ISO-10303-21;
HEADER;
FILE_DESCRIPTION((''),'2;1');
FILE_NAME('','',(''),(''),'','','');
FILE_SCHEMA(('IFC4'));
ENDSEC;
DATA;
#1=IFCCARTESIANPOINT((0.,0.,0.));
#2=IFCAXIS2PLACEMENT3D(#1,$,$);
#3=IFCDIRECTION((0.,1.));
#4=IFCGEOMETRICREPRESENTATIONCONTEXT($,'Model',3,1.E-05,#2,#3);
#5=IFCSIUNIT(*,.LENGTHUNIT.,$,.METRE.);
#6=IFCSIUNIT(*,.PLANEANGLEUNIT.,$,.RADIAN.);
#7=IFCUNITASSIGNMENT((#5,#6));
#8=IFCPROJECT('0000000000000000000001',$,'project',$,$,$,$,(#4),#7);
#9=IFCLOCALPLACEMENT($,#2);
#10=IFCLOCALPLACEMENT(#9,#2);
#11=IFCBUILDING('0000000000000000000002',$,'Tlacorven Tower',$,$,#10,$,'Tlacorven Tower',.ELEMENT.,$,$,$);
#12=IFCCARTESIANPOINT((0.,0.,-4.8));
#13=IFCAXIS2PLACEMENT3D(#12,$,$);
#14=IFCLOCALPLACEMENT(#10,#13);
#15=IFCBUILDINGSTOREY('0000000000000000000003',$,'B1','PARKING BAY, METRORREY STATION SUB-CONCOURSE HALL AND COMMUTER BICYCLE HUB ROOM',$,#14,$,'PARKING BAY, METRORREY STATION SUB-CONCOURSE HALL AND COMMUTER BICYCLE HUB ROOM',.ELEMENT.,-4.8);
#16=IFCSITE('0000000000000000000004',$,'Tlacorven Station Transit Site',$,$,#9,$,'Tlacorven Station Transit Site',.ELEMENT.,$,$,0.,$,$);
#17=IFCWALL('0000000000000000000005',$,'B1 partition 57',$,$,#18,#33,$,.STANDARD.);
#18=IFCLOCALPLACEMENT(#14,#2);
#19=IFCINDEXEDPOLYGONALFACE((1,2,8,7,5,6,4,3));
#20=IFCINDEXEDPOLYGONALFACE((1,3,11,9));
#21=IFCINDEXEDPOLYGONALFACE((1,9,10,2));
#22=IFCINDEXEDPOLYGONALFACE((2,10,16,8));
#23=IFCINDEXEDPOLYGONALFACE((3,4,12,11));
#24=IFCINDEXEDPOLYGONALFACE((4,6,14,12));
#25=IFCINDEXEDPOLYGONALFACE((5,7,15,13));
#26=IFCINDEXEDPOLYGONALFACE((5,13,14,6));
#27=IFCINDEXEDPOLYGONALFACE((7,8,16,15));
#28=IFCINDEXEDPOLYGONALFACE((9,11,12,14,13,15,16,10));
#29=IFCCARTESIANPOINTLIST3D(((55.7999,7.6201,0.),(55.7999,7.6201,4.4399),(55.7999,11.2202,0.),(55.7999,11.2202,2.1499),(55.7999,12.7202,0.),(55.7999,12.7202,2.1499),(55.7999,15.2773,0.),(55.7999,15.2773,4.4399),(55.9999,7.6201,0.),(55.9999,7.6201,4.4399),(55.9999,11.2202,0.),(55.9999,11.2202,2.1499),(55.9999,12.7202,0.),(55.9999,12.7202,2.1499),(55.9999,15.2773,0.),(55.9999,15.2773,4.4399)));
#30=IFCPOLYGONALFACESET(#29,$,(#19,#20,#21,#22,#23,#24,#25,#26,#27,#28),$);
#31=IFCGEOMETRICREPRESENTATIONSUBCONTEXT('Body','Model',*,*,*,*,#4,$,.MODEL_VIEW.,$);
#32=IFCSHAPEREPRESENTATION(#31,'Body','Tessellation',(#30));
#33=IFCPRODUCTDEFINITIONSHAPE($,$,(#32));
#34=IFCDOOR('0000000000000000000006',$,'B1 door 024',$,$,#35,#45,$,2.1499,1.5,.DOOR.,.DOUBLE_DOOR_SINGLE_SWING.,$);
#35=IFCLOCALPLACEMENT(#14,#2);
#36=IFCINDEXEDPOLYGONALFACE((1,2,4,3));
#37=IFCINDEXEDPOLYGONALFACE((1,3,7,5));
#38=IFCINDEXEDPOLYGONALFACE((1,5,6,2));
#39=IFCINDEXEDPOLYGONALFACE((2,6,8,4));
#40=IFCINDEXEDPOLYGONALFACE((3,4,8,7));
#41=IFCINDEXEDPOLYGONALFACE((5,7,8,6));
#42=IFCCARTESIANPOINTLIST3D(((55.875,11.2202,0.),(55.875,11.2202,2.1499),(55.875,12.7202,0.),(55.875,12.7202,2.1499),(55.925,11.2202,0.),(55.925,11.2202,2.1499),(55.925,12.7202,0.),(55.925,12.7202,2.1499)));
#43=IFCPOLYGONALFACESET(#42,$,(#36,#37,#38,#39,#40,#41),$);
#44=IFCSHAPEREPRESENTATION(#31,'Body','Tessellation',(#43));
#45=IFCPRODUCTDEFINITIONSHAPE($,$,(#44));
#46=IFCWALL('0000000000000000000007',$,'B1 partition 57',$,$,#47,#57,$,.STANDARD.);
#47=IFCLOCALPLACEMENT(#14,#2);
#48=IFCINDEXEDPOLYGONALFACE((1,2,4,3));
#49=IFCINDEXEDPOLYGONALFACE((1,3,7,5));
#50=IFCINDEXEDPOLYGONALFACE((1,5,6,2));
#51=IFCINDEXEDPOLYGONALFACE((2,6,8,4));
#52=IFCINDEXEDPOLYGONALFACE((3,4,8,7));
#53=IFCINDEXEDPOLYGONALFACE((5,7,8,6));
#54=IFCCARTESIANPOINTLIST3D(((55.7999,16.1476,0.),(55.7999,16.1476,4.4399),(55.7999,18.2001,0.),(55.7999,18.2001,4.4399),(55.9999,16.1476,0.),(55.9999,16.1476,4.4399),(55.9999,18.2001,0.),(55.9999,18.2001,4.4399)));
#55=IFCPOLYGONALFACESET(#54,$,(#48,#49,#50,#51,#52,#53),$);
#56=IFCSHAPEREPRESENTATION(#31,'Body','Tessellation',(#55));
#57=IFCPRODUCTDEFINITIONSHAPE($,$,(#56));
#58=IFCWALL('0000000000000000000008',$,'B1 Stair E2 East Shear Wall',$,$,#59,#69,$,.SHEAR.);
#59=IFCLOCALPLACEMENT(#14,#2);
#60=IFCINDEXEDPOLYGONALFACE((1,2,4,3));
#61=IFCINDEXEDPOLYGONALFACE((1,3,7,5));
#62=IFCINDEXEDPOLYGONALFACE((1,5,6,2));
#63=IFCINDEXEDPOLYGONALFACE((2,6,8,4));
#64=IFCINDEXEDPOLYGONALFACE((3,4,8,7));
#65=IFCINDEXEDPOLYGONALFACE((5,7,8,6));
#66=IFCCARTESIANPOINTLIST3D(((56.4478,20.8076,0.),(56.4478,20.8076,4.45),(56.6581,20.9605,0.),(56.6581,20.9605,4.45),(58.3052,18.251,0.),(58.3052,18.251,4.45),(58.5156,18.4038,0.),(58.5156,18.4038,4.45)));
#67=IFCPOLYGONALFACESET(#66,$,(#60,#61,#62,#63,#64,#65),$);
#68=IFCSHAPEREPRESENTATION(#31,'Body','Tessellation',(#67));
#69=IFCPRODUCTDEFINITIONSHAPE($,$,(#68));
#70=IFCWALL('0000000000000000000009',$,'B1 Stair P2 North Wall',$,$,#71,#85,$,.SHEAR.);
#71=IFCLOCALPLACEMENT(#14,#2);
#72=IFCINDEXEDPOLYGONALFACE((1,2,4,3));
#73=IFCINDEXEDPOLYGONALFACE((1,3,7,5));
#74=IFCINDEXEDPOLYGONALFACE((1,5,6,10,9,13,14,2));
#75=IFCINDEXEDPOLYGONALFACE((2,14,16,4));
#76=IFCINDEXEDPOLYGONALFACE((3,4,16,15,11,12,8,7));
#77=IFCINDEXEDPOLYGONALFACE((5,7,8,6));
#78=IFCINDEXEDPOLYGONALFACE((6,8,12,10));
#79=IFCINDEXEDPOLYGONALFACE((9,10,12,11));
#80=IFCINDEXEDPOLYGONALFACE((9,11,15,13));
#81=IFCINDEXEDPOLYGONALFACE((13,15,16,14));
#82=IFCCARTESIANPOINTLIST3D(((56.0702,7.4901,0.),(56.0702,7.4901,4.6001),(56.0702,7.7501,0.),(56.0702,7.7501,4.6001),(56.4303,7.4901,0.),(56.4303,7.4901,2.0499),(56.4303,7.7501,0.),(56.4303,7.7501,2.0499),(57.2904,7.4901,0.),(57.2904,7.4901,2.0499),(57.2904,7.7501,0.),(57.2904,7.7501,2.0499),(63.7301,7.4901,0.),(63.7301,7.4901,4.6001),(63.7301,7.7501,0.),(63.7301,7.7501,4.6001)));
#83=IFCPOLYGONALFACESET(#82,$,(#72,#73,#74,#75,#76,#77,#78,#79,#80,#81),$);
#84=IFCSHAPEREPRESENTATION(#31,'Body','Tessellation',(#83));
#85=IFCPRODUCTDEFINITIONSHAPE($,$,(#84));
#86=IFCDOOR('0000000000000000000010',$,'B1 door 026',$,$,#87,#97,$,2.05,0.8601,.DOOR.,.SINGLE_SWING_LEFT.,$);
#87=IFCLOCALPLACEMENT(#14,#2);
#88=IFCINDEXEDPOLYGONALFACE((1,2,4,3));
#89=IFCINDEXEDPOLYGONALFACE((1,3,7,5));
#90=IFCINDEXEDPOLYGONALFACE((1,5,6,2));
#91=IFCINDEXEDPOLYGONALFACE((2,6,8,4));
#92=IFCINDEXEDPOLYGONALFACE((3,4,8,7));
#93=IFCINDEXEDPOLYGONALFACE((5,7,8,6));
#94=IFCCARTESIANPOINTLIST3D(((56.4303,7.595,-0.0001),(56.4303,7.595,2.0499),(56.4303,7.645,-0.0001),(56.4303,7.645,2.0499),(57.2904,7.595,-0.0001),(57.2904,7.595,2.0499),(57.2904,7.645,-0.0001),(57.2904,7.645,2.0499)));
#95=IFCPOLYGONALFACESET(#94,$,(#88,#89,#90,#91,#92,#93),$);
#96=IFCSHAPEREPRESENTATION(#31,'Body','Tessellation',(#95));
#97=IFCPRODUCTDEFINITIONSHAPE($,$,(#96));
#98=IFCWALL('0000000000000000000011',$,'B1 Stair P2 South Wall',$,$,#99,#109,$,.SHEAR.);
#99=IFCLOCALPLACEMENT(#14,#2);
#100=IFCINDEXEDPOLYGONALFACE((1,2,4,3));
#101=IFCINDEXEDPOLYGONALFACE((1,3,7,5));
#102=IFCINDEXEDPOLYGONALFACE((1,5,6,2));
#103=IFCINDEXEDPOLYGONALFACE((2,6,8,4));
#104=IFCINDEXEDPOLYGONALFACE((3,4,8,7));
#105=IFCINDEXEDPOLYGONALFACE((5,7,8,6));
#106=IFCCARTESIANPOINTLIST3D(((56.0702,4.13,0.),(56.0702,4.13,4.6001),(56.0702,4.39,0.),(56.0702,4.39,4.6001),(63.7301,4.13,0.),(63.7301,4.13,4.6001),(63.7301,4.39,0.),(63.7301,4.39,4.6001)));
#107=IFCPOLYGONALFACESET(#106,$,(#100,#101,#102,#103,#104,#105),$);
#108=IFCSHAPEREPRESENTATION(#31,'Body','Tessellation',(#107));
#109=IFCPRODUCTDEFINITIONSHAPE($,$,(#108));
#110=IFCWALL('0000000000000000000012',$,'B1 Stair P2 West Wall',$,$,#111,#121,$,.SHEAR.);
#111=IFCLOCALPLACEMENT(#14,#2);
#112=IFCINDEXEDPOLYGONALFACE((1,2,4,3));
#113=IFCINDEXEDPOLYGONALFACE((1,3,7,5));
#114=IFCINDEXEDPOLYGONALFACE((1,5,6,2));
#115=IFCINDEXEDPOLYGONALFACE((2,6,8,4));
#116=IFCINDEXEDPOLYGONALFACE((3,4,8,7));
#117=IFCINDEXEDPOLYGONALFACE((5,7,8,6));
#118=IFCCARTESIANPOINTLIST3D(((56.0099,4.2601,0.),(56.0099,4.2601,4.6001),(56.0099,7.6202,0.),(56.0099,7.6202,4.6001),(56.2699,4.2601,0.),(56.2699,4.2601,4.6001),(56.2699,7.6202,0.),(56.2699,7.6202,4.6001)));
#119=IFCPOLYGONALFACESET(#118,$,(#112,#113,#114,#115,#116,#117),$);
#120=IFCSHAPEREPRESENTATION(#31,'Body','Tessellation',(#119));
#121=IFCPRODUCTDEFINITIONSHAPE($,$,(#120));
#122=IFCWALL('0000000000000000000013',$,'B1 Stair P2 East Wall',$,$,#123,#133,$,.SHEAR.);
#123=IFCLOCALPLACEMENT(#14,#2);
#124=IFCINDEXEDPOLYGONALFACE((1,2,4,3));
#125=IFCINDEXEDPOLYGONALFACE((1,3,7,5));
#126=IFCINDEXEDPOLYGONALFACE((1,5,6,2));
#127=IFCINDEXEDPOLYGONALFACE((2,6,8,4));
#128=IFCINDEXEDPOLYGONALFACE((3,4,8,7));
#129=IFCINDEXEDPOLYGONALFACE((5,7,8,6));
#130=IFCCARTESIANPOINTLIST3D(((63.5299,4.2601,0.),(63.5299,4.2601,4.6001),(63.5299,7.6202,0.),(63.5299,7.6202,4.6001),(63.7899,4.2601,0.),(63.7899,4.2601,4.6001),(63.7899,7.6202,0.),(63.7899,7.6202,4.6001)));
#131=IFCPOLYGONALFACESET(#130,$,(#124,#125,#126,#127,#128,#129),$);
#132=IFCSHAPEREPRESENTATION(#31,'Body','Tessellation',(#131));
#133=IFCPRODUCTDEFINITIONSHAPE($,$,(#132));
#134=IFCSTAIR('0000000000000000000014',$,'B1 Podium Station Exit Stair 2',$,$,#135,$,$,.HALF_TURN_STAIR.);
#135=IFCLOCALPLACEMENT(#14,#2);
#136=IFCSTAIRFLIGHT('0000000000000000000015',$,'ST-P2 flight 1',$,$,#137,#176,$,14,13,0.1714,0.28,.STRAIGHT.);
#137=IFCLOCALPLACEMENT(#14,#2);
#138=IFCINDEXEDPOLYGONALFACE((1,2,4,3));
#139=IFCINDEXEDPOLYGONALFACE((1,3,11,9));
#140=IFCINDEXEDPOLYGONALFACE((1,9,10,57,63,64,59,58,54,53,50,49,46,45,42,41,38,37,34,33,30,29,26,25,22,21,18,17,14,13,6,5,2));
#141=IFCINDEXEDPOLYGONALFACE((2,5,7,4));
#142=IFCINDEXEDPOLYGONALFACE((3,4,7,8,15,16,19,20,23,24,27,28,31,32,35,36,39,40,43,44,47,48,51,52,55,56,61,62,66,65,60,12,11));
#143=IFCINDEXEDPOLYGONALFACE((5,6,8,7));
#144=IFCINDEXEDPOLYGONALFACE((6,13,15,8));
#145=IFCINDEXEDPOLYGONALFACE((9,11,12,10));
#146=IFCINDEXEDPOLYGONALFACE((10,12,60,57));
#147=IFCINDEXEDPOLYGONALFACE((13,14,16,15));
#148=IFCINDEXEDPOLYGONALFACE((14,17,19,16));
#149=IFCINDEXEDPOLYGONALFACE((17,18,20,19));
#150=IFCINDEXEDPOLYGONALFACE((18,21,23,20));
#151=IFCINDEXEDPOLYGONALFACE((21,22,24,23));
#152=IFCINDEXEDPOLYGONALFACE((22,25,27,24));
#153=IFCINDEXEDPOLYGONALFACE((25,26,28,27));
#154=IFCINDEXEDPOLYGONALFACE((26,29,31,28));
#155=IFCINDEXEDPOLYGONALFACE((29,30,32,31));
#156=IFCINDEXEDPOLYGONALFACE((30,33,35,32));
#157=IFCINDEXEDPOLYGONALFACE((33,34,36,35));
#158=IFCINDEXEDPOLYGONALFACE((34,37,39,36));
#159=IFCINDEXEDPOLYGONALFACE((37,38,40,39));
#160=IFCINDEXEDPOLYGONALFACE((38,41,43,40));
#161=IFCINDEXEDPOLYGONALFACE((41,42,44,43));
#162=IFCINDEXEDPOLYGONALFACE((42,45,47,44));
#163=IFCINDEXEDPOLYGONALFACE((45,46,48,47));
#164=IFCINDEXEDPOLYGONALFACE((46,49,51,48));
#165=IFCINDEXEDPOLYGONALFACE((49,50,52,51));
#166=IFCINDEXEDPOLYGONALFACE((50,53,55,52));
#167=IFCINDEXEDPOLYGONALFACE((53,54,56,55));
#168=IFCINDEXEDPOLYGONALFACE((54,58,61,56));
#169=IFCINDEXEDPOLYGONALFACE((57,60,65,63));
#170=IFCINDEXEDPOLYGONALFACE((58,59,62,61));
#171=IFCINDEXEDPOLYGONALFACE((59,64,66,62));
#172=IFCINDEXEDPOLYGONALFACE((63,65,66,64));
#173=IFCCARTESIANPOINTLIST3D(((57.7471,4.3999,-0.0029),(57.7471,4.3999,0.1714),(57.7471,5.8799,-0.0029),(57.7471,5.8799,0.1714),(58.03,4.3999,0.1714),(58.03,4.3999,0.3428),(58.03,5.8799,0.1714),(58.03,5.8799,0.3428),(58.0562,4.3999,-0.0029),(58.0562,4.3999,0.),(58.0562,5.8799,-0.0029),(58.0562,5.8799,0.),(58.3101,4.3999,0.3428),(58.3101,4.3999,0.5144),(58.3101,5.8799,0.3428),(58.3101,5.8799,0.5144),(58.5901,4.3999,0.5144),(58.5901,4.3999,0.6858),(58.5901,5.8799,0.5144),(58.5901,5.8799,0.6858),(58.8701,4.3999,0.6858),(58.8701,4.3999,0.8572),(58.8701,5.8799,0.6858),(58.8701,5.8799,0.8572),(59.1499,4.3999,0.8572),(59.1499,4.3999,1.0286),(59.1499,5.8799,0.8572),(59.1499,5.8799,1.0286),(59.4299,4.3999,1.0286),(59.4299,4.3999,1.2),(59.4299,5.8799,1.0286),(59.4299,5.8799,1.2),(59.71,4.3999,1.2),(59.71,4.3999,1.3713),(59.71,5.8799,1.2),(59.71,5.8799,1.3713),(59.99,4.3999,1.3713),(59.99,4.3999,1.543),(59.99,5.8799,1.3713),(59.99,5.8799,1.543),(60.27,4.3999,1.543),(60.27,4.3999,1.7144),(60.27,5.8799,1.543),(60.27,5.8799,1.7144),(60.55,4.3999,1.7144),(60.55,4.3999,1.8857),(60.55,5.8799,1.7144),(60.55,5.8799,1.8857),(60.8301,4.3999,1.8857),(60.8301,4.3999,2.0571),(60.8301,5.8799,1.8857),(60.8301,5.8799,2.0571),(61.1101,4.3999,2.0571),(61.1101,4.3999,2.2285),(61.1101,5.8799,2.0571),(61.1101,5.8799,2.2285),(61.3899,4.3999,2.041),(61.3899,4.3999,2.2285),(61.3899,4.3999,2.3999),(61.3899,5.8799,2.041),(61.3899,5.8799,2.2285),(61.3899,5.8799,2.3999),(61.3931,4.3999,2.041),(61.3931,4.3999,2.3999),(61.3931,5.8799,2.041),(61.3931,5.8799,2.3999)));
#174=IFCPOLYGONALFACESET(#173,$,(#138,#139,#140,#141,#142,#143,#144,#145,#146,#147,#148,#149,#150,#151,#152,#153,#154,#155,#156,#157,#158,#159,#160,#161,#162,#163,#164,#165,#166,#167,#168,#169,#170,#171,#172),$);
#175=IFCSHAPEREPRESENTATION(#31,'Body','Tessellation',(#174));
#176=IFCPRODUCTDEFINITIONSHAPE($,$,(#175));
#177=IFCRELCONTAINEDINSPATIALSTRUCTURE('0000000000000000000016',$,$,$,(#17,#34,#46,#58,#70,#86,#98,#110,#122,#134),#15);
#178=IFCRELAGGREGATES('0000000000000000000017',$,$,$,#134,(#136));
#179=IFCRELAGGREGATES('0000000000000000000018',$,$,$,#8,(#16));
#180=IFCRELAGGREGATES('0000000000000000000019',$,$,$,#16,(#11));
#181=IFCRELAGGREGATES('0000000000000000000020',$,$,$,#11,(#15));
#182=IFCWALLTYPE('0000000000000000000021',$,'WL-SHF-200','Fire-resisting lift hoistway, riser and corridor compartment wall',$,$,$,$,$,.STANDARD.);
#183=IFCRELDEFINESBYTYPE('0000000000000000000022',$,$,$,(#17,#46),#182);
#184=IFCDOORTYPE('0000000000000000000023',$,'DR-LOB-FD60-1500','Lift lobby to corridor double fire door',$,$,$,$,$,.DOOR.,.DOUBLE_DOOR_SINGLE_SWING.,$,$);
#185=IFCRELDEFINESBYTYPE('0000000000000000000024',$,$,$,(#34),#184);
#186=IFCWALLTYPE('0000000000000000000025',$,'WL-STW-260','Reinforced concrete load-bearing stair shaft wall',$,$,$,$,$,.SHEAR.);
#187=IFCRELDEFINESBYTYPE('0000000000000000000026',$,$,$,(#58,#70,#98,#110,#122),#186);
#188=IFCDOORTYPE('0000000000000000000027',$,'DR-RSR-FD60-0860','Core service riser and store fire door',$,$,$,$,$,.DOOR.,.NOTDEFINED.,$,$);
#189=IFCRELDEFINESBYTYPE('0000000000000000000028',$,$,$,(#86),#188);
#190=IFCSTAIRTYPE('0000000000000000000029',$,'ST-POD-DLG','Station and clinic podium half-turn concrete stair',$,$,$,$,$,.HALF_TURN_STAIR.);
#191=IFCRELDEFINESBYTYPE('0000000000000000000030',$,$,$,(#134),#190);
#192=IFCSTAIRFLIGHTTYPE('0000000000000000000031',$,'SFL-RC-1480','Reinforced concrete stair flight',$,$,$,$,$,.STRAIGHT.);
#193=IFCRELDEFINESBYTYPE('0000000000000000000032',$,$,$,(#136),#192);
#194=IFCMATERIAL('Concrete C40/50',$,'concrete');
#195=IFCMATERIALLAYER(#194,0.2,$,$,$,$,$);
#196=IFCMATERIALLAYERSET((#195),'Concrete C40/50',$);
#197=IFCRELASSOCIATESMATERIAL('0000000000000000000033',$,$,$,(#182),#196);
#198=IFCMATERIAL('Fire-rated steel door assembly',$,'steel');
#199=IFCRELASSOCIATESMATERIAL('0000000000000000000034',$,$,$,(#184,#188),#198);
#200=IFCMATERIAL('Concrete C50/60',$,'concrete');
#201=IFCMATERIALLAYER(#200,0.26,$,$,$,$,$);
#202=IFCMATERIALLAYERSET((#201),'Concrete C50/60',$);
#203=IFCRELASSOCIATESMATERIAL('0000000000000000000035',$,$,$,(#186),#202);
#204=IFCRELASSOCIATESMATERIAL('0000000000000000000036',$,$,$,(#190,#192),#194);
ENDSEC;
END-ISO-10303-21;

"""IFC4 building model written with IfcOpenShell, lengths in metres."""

from ifc_helpers import new_model, si_unit, direction, frame, frame_2d, origin, place, context, subcontext, project, spatial, polyline, rectangle, outline, extrude, source, transform, mapped, material, layer, layer_set, type_object, element, fill, aggregate, save


model = new_model("IFC4")

# Units and contexts
model_context = context("Model", 3, precision=1e-05, world=origin(), true_north=direction((0.0, 1.0)))
body_context = subcontext(model_context, "Body", "Model", "MODEL_VIEW")
ifc_project = project(units=[si_unit("LENGTHUNIT", "METRE"), si_unit("PLANEANGLEUNIT", "RADIAN")], contexts=[model_context])

# Site, building, storey
site_placement = place(None, origin())
site = spatial("IfcSite", under=ifc_project, at=site_placement, Name="Tlacorven Station Transit Site", LongName="Tlacorven Station Transit Site", CompositionType="ELEMENT", RefElevation=0.0)
building_placement = place(site_placement, origin())
building = spatial("IfcBuilding", under=site, at=building_placement, Name="Tlacorven Tower", LongName="Tlacorven Tower", CompositionType="ELEMENT")
storey_placement = place(building_placement, frame((0.0, 0.0, -4.8)))
storey = spatial("IfcBuildingStorey", under=building, at=storey_placement, Name="B1", Description="PARKING BAY, METRORREY STATION SUB-CONCOURSE HALL AND COMMUTER BICYCLE HUB ROOM", LongName="PARKING BAY, METRORREY STATION SUB-CONCOURSE HALL AND COMMUTER BICYCLE HUB ROOM", CompositionType="ELEMENT", Elevation=-4.8)

# Shared definitions
ifc_material_1 = material(Name="Concrete C50/60", Category="concrete")
ifc_material_2 = material(Name="Concrete C40/50", Category="concrete")
ifc_layer_1 = layer(ifc_material_2, 0.2)
ifc_layer_set_1 = layer_set([ifc_layer_1], Name="Concrete C40/50")
wall_type_1 = type_object("IfcWallType", Name="WL-SHF-200", Description="Fire-resisting lift hoistway, riser and corridor compartment wall", PredefinedType="STANDARD", material=ifc_layer_set_1)

# Wall, opening, door
wall_1_placement = place(storey_placement, frame((55.8999, 7.6201, 0.0), z_axis=(0.0, 0.0, 1.0), x_axis=(0.0, 1.0, 0.0)))
wall_1 = element("IfcWall", 1, at=wall_1_placement, inside=storey, type_object=wall_type_1, Name="B1 partition 57", PredefinedType="STANDARD", context=body_context, shape_type="SweptSolid", body=[
    extrude(rectangle(XDim=7.6572, YDim=0.2, at=frame_2d((3.8286, 0.0))), origin(), (0.0, 0.0, 1.0), 4.4399),
])
opening_1_placement = place(wall_1_placement, frame((3.6001, 0.0, 0.0)))
opening_1 = element("IfcOpeningElement", 2, at=opening_1_placement, cuts=wall_1, PredefinedType="OPENING", context=body_context, shape_type="SweptSolid", body=[
    extrude(rectangle(XDim=1.5, YDim=2.1499, at=frame_2d((0.75, 1.075))), frame((0.0, 0.1099, 0.0), z_axis=(0.0, -1.0, 0.0), x_axis=(1.0, 0.0, 0.0)), (0.0, 0.0, 1.0), 0.22),
])
ifc_material_3 = material(Name="Fire-rated steel door assembly", Category="steel")
door_type_1 = type_object("IfcDoorType", Name="DR-LOB-FD60-1500", Description="Lift lobby to corridor double fire door", OperationType="DOUBLE_DOOR_SINGLE_SWING", PredefinedType="DOOR", material=ifc_material_3)
shared_shape_1 = source(origin(), body_context, "Body", "SweptSolid", [
    extrude(rectangle(XDim=1.5, YDim=2.1499, at=frame_2d((0.75, 1.075))), frame((0.0, 0.0249, 0.0), z_axis=(0.0, -1.0, 0.0), x_axis=(1.0, 0.0, 0.0)), (0.0, 0.0, 1.0), 0.05),
])
door_1_placement = place(opening_1_placement, origin())
door_1 = element("IfcDoor", 3, at=door_1_placement, inside=storey, type_object=door_type_1, Name="B1 door 024", OperationType="DOUBLE_DOOR_SINGLE_SWING", OverallHeight=2.1499, OverallWidth=1.5, PredefinedType="DOOR", context=body_context, shape_type="MappedRepresentation", body=[
    mapped(shared_shape_1, transform((0.0, 0.0, 0.0), scale=1.0)),
])
fill(opening_1, door_1)

# Walls
wall_2_placement = place(storey_placement, frame((55.8999, 16.1475, 0.0), z_axis=(0.0, 0.0, 1.0), x_axis=(0.0, 1.0, 0.0)))
element("IfcWall", 4, at=wall_2_placement, inside=storey, type_object=wall_type_1, Name="B1 partition 57", PredefinedType="STANDARD", context=body_context, shape_type="SweptSolid", body=[
    extrude(rectangle(XDim=2.0525, YDim=0.2, at=frame_2d((1.0264, 0.0))), origin(), (0.0, 0.0, 1.0), 4.4399),
])
ifc_layer_2 = layer(ifc_material_1, 0.26)
ifc_layer_set_2 = layer_set([ifc_layer_2], Name="Concrete C50/60")
wall_type_2 = type_object("IfcWallType", Name="WL-STW-260", Description="Reinforced concrete load-bearing stair shaft wall", PredefinedType="SHEAR", material=ifc_layer_set_2)
wall_3_placement = place(storey_placement, frame((58.4104, 18.3274, 0.0), z_axis=(0.0, 0.0, 1.0), x_axis=(-0.587767, 0.80903, 0.0)))
element("IfcWall", 5, at=wall_3_placement, inside=storey, type_object=wall_type_2, Name="B1 Stair E2 East Shear Wall", PredefinedType="SHEAR", context=body_context, shape_type="SweptSolid", body=[
    extrude(rectangle(XDim=3.1602, YDim=0.26, at=frame_2d((1.5801, 0.0))), origin(), (0.0, 0.0, 1.0), 4.45),
])

# Wall, opening, door
wall_4_placement = place(storey_placement, frame((56.0701, 7.6201, 0.0), z_axis=(0.0, 0.0, 1.0), x_axis=(1.0, 0.0, 0.0)))
wall_4 = element("IfcWall", 6, at=wall_4_placement, inside=storey, type_object=wall_type_2, Name="B1 Stair P2 North Wall", PredefinedType="SHEAR", context=body_context, shape_type="SweptSolid", body=[
    extrude(rectangle(XDim=7.6599, YDim=0.26, at=frame_2d((3.8301, 0.0))), origin(), (0.0, 0.0, 1.0), 4.6001),
])
opening_2_placement = place(wall_4_placement, frame((0.3601, 0.0, 0.0)))
opening_2 = element("IfcOpeningElement", 7, at=opening_2_placement, cuts=wall_4, PredefinedType="OPENING", context=body_context, shape_type="SweptSolid", body=[
    extrude(rectangle(XDim=0.8601, YDim=2.05, at=frame_2d((0.4302, 1.0249))), frame((0.0, 0.1401, 0.0), z_axis=(0.0, -1.0, 0.0), x_axis=(1.0, 0.0, 0.0)), (0.0, 0.0, 1.0), 0.28),
])
door_type_2 = type_object("IfcDoorType", Name="DR-RSR-FD60-0860", Description="Core service riser and store fire door", OperationType="NOTDEFINED", PredefinedType="DOOR", material=ifc_material_3)
shared_shape_2 = source(origin(), body_context, "Body", "SweptSolid", [
    extrude(rectangle(XDim=0.8601, YDim=2.05, at=frame_2d((0.4302, 1.0249))), frame((0.0, 0.0249, 0.0), z_axis=(0.0, -1.0, 0.0), x_axis=(1.0, 0.0, 0.0)), (0.0, 0.0, 1.0), 0.05),
])
door_2_placement = place(opening_2_placement, origin())
door_2 = element("IfcDoor", 8, at=door_2_placement, inside=storey, type_object=door_type_2, Name="B1 door 026", OperationType="SINGLE_SWING_LEFT", OverallHeight=2.05, OverallWidth=0.8601, PredefinedType="DOOR", context=body_context, shape_type="MappedRepresentation", body=[
    mapped(shared_shape_2, transform((0.0, 0.0, 0.0), scale=1.0)),
])
fill(opening_2, door_2)

# Walls
wall_5_placement = place(storey_placement, frame((56.0701, 4.26, 0.0), z_axis=(0.0, 0.0, 1.0), x_axis=(1.0, 0.0, 0.0)))
element("IfcWall", 9, at=wall_5_placement, inside=storey, type_object=wall_type_2, Name="B1 Stair P2 South Wall", PredefinedType="SHEAR", context=body_context, shape_type="SweptSolid", body=[
    extrude(rectangle(XDim=7.6599, YDim=0.26, at=frame_2d((3.8301, 0.0))), origin(), (0.0, 0.0, 1.0), 4.6001),
])
for number, where, z_axis, x_axis, name in (
    (10, (56.1399, 4.26, 0.0), (0.0, 0.0, 1.0), (0.0, 1.0, 0.0), "B1 Stair P2 West Wall"),
    (11, (63.6599, 4.26, 0.0), (0.0, 0.0, 1.0), (0.0, 1.0, 0.0), "B1 Stair P2 East Wall"),
):
    element("IfcWall", number, at=place(storey_placement, frame(where, z_axis=z_axis, x_axis=x_axis)), inside=storey, type_object=wall_type_2, Name=name, PredefinedType="SHEAR", context=body_context, shape_type="SweptSolid", body=[
        extrude(rectangle(XDim=3.3601, YDim=0.26, at=frame_2d((1.6802, 0.0))), origin(), (0.0, 0.0, 1.0), 4.6001),
    ])

# Stair, stair flight
stair_type = type_object("IfcStairType", Name="ST-POD-DLG", Description="Station and clinic podium half-turn concrete stair", PredefinedType="HALF_TURN_STAIR", material=ifc_material_2)
stair_placement = place(storey_placement, origin())
stair = element("IfcStair", 12, at=stair_placement, inside=storey, type_object=stair_type, Name="B1 Podium Station Exit Stair 2", PredefinedType="HALF_TURN_STAIR")
stair_flight_type = type_object("IfcStairFlightType", Name="SFL-RC-1480", Description="Reinforced concrete stair flight", PredefinedType="STRAIGHT", material=ifc_material_2)
shared_shape_3 = source(origin(), body_context, "Body", "SweptSolid", [
    extrude(outline(polyline([(-0.0029, -0.0029), (-0.0029, 0.1714), (0.28, 0.1714), (0.28, 0.3428), (0.5601, 0.3428), (0.5601, 0.5144), (0.8401, 0.5144), (0.8401, 0.6858), (1.1201, 0.6858), (1.1201, 0.8572), (1.3999, 0.8572), (1.3999, 1.0286), (1.6799, 1.0286), (1.6799, 1.2), (1.96, 1.2), (1.96, 1.3713), (2.24, 1.3713), (2.24, 1.543), (2.52, 1.543), (2.52, 1.7144), (2.8, 1.7144), (2.8, 1.8857), (3.0801, 1.8857), (3.0801, 2.0571), (3.3601, 2.0571), (3.3601, 2.2285), (3.6399, 2.2285), (3.6399, 2.3999), (3.6431, 2.3999), (3.6431, 2.041), (3.6399, 2.041), (0.3062, 0.0), (0.3062, -0.0029), (-0.0029, -0.0029)])), frame((0.0, 0.74, 0.0), z_axis=(0.0, -1.0, 0.0), x_axis=(1.0, 0.0, 0.0)), (0.0, 0.0, 1.0), 1.48),
])
stair_flight_1_placement = place(storey_placement, frame((57.75, 5.1399, 0.0), z_axis=(0.0, 0.0, 1.0), x_axis=(1.0, 0.0, 0.0)))
stair_flight_1 = element("IfcStairFlight", 13, at=stair_flight_1_placement, type_object=stair_flight_type, Name="ST-P2 flight 1", NumberOfRisers=14, NumberOfTreads=13, PredefinedType="STRAIGHT", RiserHeight=0.1714, TreadLength=0.28, context=body_context, shape_type="MappedRepresentation", body=[
    mapped(shared_shape_3, transform((0.0, 0.0, 0.0), scale=1.0)),
])
aggregate(stair, [stair_flight_1])

save(model, "model.ifc")
